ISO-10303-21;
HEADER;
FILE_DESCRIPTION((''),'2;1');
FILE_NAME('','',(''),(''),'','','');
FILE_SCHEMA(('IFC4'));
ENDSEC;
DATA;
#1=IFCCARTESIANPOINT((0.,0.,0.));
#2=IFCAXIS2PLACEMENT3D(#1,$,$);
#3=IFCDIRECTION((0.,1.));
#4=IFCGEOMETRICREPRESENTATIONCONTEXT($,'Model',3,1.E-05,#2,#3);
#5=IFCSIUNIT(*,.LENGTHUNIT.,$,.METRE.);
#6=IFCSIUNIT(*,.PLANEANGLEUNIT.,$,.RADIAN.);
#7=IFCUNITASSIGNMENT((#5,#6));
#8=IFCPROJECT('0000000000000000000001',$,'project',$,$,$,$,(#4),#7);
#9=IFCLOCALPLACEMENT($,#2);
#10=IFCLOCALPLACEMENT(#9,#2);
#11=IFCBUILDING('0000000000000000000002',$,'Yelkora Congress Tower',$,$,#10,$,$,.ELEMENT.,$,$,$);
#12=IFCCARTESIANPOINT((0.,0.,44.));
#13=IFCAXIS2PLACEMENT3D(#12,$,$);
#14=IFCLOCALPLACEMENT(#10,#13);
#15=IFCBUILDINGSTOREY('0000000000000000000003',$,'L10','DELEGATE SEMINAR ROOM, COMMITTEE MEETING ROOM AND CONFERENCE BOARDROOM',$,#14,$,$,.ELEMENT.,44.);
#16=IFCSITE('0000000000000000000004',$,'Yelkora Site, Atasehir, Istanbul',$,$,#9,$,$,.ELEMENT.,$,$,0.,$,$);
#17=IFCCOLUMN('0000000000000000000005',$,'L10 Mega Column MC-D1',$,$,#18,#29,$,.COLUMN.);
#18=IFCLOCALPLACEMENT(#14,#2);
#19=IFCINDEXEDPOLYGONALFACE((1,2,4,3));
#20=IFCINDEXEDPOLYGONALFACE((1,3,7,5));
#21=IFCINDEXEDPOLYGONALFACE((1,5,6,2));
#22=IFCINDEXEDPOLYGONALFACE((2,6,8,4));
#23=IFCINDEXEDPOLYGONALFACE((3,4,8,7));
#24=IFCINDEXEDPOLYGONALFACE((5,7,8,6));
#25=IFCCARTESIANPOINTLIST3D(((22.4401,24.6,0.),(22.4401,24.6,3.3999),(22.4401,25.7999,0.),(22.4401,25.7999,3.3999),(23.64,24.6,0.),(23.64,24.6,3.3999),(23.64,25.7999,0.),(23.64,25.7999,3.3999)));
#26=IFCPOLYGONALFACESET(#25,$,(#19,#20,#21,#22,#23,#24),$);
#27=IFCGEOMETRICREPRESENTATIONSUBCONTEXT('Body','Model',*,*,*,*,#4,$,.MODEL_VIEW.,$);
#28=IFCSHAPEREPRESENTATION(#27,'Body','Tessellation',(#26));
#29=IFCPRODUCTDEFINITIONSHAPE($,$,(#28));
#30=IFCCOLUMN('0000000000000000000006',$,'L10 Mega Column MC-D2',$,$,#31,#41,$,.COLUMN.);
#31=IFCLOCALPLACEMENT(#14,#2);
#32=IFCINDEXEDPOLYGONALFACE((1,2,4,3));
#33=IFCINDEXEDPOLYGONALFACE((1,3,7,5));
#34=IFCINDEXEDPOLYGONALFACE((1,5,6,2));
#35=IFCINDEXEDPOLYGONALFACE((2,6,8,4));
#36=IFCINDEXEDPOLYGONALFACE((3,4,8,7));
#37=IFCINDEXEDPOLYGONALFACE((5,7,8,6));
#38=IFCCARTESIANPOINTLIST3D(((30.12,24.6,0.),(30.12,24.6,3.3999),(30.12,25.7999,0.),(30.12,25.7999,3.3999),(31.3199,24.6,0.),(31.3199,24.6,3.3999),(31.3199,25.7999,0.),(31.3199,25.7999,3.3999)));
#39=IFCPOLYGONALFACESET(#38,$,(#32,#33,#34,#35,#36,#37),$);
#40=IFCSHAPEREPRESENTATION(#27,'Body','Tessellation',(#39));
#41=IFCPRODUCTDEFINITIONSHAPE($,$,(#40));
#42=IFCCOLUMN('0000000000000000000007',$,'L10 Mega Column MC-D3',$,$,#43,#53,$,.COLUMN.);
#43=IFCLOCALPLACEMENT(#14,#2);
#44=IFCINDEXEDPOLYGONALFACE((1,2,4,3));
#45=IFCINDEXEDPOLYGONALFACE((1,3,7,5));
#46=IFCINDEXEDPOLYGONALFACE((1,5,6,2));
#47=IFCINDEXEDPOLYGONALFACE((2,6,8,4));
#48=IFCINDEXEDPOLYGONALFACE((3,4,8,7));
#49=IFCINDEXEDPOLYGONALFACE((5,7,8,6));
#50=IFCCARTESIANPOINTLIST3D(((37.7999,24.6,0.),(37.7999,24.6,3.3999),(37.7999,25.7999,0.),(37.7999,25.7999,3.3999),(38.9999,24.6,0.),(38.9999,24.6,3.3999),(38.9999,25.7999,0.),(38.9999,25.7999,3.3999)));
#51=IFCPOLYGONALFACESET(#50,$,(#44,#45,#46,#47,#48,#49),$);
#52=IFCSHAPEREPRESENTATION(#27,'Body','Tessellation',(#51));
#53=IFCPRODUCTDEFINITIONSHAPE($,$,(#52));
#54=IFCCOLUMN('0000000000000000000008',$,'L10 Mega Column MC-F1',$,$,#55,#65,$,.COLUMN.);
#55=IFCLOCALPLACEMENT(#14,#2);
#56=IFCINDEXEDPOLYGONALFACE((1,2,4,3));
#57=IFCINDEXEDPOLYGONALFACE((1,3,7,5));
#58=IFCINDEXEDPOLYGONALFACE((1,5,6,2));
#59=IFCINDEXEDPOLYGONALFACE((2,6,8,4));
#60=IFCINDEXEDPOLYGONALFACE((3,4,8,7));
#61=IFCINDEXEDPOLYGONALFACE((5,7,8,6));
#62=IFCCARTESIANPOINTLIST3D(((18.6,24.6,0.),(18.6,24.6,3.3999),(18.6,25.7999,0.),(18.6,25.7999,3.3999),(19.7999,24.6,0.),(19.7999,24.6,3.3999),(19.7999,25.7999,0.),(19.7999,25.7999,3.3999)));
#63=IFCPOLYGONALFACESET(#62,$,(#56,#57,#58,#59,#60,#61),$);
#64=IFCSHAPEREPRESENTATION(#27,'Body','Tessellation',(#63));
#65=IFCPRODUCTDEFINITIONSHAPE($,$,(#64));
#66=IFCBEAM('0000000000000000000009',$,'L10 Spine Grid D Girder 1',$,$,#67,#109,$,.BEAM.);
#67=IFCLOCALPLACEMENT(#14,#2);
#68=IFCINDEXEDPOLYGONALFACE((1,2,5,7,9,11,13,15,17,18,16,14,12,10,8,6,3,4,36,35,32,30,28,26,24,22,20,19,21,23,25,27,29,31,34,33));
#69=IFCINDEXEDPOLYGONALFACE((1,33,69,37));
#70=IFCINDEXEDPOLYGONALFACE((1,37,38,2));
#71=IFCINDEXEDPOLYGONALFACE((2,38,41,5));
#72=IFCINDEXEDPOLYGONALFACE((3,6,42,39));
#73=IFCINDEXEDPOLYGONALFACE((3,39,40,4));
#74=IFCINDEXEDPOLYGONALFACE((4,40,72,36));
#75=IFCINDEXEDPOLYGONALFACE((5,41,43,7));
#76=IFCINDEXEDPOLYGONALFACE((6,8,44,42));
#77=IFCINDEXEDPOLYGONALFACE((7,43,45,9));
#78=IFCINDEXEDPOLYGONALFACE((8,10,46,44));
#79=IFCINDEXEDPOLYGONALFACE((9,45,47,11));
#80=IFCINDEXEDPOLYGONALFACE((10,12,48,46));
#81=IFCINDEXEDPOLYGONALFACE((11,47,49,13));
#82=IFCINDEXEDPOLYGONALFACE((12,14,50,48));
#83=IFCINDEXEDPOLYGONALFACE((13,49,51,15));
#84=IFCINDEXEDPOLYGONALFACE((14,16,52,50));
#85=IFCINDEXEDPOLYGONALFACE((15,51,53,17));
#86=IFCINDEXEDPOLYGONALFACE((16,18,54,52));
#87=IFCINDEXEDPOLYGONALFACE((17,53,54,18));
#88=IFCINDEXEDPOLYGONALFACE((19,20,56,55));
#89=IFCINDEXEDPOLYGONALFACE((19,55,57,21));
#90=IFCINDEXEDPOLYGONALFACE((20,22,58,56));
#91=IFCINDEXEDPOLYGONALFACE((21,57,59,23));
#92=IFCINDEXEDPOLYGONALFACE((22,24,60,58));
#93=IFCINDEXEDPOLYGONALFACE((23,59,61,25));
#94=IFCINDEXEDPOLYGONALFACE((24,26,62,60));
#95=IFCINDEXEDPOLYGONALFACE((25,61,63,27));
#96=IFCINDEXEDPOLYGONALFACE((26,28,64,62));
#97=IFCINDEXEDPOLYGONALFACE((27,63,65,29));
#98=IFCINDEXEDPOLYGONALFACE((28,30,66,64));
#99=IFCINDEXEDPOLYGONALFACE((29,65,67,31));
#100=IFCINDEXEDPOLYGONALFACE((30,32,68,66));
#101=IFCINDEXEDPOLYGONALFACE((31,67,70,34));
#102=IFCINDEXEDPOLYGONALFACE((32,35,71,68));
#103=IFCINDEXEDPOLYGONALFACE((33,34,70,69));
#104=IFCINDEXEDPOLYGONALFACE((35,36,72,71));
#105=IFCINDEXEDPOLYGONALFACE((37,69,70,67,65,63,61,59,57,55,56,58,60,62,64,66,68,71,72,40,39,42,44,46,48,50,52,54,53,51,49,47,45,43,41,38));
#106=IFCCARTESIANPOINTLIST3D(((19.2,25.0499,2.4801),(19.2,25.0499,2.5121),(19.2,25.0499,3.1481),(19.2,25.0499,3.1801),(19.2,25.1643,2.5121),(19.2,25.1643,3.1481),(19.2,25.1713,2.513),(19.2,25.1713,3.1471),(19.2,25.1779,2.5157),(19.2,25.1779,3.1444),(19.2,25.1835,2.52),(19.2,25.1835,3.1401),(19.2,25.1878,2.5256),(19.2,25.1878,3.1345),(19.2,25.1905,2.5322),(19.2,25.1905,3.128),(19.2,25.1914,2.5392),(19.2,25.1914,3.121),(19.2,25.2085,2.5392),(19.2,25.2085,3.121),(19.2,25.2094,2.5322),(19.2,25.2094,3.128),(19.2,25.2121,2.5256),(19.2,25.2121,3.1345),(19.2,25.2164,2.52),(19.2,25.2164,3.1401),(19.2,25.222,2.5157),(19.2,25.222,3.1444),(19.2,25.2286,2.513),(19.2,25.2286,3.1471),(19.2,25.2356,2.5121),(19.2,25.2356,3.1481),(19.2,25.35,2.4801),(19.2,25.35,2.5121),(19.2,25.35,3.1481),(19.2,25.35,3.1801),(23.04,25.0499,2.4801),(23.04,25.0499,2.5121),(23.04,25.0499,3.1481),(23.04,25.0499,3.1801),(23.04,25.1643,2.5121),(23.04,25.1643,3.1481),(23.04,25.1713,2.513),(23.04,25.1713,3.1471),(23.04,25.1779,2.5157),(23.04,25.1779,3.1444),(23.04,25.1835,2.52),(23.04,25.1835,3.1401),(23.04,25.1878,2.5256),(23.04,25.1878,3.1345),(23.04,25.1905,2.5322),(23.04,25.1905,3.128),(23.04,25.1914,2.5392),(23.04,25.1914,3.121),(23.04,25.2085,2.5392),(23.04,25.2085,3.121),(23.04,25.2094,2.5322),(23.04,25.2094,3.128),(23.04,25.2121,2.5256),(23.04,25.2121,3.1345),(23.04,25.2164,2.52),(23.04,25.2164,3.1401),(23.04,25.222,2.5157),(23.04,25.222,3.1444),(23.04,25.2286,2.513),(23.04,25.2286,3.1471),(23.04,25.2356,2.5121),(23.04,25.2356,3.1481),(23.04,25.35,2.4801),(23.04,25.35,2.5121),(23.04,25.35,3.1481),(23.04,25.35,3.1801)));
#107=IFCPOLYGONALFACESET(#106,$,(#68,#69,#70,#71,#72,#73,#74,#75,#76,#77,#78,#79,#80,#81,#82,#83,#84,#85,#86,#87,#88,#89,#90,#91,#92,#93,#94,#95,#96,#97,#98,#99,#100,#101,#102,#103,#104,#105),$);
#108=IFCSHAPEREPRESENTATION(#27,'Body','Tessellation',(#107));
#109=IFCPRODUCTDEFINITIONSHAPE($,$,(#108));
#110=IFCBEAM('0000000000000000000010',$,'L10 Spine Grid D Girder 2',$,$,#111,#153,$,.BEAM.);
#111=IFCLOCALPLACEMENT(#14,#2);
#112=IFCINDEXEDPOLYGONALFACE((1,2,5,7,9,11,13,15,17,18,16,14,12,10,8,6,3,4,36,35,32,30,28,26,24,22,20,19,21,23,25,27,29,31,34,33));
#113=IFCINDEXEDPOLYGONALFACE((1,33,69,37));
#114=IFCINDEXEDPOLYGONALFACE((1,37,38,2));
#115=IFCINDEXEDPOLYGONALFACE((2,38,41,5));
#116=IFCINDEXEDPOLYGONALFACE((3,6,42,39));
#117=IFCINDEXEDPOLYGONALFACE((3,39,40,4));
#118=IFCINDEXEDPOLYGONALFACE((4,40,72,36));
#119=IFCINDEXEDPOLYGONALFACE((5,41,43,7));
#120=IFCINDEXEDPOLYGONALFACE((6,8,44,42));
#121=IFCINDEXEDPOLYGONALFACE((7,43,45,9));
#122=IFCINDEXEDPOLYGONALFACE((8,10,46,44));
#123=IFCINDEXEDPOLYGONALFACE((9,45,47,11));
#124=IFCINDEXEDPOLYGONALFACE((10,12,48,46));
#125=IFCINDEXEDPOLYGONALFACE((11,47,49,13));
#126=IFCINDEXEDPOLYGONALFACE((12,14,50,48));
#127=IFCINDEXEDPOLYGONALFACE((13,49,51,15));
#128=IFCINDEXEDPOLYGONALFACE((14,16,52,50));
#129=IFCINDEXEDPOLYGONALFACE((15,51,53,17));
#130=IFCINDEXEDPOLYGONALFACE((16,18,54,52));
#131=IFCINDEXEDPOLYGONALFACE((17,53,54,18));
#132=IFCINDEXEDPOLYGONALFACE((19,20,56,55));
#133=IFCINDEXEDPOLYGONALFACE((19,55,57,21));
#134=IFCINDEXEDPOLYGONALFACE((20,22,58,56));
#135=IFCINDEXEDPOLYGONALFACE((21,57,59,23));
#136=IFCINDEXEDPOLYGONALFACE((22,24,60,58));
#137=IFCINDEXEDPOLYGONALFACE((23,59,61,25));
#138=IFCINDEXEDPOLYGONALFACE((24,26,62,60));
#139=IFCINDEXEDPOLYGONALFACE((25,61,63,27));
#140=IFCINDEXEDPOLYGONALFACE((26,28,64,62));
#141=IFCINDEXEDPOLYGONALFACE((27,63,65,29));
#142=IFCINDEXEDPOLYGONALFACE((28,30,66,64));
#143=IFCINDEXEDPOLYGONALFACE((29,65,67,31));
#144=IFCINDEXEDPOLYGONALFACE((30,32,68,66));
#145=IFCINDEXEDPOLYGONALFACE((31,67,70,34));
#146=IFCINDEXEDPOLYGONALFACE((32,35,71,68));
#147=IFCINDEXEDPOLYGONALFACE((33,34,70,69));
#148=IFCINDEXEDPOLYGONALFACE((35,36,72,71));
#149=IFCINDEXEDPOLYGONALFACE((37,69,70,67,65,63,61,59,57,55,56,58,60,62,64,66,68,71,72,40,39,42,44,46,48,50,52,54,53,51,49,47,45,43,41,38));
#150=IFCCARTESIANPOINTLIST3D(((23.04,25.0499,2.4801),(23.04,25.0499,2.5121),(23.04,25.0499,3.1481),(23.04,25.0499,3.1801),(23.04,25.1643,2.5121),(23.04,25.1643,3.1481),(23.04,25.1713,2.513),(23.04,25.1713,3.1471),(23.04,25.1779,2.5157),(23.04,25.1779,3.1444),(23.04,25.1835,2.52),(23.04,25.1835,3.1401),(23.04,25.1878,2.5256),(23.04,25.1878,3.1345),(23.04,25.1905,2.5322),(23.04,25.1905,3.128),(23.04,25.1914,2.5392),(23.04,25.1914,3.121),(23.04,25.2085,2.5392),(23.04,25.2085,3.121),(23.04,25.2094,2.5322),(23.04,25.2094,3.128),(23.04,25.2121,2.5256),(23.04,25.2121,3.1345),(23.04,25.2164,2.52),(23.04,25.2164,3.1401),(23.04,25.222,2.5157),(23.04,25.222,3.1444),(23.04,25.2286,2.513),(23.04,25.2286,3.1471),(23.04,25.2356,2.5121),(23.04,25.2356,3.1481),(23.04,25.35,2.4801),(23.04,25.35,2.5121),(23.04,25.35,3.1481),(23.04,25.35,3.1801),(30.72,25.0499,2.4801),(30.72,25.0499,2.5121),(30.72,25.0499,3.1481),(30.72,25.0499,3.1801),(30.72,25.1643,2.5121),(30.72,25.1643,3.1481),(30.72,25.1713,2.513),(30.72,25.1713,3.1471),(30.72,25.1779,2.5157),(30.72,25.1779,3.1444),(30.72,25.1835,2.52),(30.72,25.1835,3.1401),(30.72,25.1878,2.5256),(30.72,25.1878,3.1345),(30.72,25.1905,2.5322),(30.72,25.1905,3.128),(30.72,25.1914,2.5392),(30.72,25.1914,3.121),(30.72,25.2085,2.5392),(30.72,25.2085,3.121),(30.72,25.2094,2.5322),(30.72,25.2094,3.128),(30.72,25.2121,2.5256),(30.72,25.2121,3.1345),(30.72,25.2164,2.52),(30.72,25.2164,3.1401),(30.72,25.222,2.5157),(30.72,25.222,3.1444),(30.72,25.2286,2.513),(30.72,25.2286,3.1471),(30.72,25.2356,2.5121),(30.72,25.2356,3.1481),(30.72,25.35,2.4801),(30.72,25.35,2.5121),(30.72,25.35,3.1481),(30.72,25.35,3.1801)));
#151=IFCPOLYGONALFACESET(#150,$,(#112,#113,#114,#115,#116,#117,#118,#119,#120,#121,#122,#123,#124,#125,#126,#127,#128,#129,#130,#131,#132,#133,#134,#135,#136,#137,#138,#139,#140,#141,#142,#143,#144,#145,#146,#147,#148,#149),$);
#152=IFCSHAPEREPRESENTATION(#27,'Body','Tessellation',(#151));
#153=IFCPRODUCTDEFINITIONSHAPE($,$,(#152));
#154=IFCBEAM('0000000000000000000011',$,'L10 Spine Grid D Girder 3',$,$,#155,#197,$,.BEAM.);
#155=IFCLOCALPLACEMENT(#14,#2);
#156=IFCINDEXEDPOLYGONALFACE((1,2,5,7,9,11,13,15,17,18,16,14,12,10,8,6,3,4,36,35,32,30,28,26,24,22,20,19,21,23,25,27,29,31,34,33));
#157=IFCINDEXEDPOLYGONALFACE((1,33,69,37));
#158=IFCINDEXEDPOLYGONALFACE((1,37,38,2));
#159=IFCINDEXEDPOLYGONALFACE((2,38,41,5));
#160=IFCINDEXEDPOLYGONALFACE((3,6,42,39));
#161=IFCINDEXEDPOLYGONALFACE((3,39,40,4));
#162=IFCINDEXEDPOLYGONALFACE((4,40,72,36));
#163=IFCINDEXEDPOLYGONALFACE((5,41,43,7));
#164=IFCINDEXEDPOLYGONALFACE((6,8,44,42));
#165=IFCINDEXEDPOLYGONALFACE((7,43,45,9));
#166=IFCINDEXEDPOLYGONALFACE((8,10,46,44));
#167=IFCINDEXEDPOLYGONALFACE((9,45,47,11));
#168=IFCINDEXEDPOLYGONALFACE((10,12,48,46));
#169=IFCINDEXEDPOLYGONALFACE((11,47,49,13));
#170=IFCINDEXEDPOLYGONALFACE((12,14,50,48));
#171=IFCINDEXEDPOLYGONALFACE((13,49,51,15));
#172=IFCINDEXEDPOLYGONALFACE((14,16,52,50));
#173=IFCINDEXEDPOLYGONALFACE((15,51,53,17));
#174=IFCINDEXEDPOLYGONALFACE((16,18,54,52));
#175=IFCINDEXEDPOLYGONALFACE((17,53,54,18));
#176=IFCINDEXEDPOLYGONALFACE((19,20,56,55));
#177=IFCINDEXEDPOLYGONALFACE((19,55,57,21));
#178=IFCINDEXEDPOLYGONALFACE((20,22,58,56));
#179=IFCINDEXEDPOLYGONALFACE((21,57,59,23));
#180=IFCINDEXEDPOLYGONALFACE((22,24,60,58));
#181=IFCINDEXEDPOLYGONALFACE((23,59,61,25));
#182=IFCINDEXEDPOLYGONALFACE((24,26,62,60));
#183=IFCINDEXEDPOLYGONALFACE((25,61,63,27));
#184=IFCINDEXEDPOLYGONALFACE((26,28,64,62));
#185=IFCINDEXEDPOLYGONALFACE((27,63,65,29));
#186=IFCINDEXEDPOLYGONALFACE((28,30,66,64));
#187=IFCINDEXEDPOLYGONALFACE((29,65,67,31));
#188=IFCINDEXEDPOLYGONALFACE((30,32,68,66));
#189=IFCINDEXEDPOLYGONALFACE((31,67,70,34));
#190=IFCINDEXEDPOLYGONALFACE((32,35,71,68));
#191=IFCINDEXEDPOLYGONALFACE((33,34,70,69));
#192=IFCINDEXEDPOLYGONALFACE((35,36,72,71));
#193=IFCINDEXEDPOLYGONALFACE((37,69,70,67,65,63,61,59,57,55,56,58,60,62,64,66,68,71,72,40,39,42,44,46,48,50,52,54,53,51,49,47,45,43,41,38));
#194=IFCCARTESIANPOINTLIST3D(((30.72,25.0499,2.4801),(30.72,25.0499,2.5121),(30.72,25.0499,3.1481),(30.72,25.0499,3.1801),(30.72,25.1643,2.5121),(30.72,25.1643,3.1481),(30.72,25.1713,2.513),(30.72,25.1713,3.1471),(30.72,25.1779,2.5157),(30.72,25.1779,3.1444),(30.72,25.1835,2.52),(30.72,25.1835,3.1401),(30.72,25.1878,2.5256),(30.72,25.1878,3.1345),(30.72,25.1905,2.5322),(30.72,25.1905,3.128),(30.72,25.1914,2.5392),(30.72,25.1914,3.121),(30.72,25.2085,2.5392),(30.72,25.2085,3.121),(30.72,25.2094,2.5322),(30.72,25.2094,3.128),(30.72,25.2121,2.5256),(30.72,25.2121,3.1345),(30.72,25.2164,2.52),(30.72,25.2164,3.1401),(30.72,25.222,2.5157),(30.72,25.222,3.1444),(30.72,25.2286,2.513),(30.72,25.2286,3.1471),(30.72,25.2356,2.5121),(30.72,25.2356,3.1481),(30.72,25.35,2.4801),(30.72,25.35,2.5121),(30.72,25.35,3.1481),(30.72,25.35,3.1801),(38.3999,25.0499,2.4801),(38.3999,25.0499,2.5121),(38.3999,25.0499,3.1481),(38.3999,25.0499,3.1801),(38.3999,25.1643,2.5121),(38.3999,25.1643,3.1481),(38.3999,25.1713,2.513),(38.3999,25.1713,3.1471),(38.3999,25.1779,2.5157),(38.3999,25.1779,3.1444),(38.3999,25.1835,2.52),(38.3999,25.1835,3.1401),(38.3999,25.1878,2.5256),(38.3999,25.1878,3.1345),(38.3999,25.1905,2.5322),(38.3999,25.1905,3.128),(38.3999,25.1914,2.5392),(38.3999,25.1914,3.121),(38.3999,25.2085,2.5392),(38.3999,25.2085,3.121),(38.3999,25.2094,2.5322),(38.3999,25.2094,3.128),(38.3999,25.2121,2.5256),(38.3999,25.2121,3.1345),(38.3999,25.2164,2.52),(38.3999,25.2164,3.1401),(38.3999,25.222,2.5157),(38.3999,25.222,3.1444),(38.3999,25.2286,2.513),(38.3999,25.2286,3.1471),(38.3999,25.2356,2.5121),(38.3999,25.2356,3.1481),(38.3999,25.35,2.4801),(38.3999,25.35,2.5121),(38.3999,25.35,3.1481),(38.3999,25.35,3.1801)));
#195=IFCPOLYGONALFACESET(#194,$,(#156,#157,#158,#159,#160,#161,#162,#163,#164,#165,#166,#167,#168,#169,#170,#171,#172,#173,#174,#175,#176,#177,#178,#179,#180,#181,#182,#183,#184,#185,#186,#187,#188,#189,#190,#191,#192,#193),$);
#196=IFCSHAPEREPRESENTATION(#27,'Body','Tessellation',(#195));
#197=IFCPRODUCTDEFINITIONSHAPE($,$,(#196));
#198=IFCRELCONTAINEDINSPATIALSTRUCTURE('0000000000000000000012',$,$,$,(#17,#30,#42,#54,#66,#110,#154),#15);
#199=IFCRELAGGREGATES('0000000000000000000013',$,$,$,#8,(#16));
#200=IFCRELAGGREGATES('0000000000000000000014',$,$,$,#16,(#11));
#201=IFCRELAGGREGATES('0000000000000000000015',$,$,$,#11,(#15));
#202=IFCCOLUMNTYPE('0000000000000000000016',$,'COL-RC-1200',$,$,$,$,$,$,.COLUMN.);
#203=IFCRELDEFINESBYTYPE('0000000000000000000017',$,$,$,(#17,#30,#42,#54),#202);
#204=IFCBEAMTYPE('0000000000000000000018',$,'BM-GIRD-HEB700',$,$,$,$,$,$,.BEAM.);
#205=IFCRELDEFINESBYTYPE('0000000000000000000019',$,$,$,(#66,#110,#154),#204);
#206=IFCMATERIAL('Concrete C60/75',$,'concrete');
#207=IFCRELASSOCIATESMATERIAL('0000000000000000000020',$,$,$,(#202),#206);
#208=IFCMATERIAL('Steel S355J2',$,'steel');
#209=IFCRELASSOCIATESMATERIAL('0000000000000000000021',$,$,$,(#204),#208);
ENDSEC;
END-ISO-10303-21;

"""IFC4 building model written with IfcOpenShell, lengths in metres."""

from ifc_helpers import new_model, si_unit, direction, frame, origin, origin_2d, place, context, subcontext, project, spatial, rectangle, i_section, extrude, material, material_profile, profile_set, type_object, element, save


model = new_model("IFC4")

# Units and contexts
model_context = context("Model", 3, precision=1e-05, world=origin(), true_north=direction((0.0, 1.0)))
body_context = subcontext(model_context, "Body", "Model", "MODEL_VIEW")
ifc_project = project(units=[si_unit("LENGTHUNIT", "METRE"), si_unit("PLANEANGLEUNIT", "RADIAN")], contexts=[model_context])

# Site, building, storey
site_placement = place(None, origin())
site = spatial("IfcSite", under=ifc_project, at=site_placement, Name="Yelkora Site, Atasehir, Istanbul", CompositionType="ELEMENT", RefElevation=0.0)
building_placement = place(site_placement, origin())
building = spatial("IfcBuilding", under=site, at=building_placement, Name="Yelkora Congress Tower", CompositionType="ELEMENT")
storey_placement = place(building_placement, frame((0.0, 0.0, 44.0)))
storey = spatial("IfcBuildingStorey", under=building, at=storey_placement, Name="L10", Description="DELEGATE SEMINAR ROOM, COMMITTEE MEETING ROOM AND CONFERENCE BOARDROOM", CompositionType="ELEMENT", Elevation=44.0)

# Columns
ifc_material_1 = material(Name="Concrete C60/75", Category="concrete")
ifc_material_profile_1 = material_profile(ifc_material_1, rectangle(XDim=1.2, YDim=1.2, at=origin_2d()), Name="RC 1200x1200")
ifc_profile_set_1 = profile_set([ifc_material_profile_1], Name="Concrete C60/75")
column_type = type_object("IfcColumnType", Name="COL-RC-1200", PredefinedType="COLUMN", material=ifc_profile_set_1)
for number, where, z_axis, x_axis, name in (
    (1, (23.04, 25.2, 0.0), (0.0, 0.0, 1.0), (1.0, 0.0, 0.0), "L10 Mega Column MC-D1"),
    (2, (30.72, 25.2, 0.0), (0.0, 0.0, 1.0), (1.0, 0.0, 0.0), "L10 Mega Column MC-D2"),
    (3, (38.3999, 25.2, 0.0), (0.0, 0.0, 1.0), (1.0, 0.0, 0.0), "L10 Mega Column MC-D3"),
    (4, (19.2, 25.2, 0.0), (0.0, 0.0, 1.0), (1.0, 0.0, 0.0), "L10 Mega Column MC-F1"),
):
    element("IfcColumn", number, at=place(storey_placement, frame(where, z_axis=z_axis, x_axis=x_axis)), inside=storey, type_object=column_type, Name=name, PredefinedType="COLUMN", context=body_context, shape_type="SweptSolid", body=[
        extrude(rectangle(XDim=1.2, YDim=1.2, at=origin_2d()), origin(), (0.0, 0.0, 1.0), 3.3999),
    ])

# Beams
ifc_material_2 = material(Name="Steel S355J2", Category="steel")
ifc_material_profile_2 = material_profile(ifc_material_2, i_section(OverallWidth=0.3, OverallDepth=0.7, WebThickness=0.0171, FlangeThickness=0.032, FilletRadius=0.0271, at=origin_2d()), Name="HEB 700")
ifc_profile_set_2 = profile_set([ifc_material_profile_2], Name="Steel S355J2")
beam_type_1 = type_object("IfcBeamType", Name="BM-GIRD-HEB700", PredefinedType="BEAM", material=ifc_profile_set_2)
beam_1_placement = place(storey_placement, frame((19.2, 25.2, 2.8301), z_axis=(1.0, 0.0, 0.0), x_axis=(0.0, 1.0, 0.0)))
element("IfcBeam", 5, at=beam_1_placement, inside=storey, type_object=beam_type_1, Name="L10 Spine Grid D Girder 1", PredefinedType="BEAM", context=body_context, shape_type="SweptSolid", body=[
    extrude(i_section(OverallWidth=0.3, OverallDepth=0.7, WebThickness=0.0171, FlangeThickness=0.032, FilletRadius=0.0271, at=origin_2d()), origin(), (0.0, 0.0, 1.0), 3.8401),
])
for number, where, z_axis, x_axis, name in (
    (6, (23.04, 25.2, 2.8301), (1.0, 0.0, 0.0), (0.0, 1.0, 0.0), "L10 Spine Grid D Girder 2"),
    (7, (30.72, 25.2, 2.8301), (1.0, 0.0, 0.0), (0.0, 1.0, 0.0), "L10 Spine Grid D Girder 3"),
):
    element("IfcBeam", number, at=place(storey_placement, frame(where, z_axis=z_axis, x_axis=x_axis)), inside=storey, type_object=beam_type_1, Name=name, PredefinedType="BEAM", context=body_context, shape_type="SweptSolid", body=[
        extrude(i_section(OverallWidth=0.3, OverallDepth=0.7, WebThickness=0.0171, FlangeThickness=0.032, FilletRadius=0.0271, at=origin_2d()), origin(), (0.0, 0.0, 1.0), 7.6799),
    ])

save(model, "model.ifc")
